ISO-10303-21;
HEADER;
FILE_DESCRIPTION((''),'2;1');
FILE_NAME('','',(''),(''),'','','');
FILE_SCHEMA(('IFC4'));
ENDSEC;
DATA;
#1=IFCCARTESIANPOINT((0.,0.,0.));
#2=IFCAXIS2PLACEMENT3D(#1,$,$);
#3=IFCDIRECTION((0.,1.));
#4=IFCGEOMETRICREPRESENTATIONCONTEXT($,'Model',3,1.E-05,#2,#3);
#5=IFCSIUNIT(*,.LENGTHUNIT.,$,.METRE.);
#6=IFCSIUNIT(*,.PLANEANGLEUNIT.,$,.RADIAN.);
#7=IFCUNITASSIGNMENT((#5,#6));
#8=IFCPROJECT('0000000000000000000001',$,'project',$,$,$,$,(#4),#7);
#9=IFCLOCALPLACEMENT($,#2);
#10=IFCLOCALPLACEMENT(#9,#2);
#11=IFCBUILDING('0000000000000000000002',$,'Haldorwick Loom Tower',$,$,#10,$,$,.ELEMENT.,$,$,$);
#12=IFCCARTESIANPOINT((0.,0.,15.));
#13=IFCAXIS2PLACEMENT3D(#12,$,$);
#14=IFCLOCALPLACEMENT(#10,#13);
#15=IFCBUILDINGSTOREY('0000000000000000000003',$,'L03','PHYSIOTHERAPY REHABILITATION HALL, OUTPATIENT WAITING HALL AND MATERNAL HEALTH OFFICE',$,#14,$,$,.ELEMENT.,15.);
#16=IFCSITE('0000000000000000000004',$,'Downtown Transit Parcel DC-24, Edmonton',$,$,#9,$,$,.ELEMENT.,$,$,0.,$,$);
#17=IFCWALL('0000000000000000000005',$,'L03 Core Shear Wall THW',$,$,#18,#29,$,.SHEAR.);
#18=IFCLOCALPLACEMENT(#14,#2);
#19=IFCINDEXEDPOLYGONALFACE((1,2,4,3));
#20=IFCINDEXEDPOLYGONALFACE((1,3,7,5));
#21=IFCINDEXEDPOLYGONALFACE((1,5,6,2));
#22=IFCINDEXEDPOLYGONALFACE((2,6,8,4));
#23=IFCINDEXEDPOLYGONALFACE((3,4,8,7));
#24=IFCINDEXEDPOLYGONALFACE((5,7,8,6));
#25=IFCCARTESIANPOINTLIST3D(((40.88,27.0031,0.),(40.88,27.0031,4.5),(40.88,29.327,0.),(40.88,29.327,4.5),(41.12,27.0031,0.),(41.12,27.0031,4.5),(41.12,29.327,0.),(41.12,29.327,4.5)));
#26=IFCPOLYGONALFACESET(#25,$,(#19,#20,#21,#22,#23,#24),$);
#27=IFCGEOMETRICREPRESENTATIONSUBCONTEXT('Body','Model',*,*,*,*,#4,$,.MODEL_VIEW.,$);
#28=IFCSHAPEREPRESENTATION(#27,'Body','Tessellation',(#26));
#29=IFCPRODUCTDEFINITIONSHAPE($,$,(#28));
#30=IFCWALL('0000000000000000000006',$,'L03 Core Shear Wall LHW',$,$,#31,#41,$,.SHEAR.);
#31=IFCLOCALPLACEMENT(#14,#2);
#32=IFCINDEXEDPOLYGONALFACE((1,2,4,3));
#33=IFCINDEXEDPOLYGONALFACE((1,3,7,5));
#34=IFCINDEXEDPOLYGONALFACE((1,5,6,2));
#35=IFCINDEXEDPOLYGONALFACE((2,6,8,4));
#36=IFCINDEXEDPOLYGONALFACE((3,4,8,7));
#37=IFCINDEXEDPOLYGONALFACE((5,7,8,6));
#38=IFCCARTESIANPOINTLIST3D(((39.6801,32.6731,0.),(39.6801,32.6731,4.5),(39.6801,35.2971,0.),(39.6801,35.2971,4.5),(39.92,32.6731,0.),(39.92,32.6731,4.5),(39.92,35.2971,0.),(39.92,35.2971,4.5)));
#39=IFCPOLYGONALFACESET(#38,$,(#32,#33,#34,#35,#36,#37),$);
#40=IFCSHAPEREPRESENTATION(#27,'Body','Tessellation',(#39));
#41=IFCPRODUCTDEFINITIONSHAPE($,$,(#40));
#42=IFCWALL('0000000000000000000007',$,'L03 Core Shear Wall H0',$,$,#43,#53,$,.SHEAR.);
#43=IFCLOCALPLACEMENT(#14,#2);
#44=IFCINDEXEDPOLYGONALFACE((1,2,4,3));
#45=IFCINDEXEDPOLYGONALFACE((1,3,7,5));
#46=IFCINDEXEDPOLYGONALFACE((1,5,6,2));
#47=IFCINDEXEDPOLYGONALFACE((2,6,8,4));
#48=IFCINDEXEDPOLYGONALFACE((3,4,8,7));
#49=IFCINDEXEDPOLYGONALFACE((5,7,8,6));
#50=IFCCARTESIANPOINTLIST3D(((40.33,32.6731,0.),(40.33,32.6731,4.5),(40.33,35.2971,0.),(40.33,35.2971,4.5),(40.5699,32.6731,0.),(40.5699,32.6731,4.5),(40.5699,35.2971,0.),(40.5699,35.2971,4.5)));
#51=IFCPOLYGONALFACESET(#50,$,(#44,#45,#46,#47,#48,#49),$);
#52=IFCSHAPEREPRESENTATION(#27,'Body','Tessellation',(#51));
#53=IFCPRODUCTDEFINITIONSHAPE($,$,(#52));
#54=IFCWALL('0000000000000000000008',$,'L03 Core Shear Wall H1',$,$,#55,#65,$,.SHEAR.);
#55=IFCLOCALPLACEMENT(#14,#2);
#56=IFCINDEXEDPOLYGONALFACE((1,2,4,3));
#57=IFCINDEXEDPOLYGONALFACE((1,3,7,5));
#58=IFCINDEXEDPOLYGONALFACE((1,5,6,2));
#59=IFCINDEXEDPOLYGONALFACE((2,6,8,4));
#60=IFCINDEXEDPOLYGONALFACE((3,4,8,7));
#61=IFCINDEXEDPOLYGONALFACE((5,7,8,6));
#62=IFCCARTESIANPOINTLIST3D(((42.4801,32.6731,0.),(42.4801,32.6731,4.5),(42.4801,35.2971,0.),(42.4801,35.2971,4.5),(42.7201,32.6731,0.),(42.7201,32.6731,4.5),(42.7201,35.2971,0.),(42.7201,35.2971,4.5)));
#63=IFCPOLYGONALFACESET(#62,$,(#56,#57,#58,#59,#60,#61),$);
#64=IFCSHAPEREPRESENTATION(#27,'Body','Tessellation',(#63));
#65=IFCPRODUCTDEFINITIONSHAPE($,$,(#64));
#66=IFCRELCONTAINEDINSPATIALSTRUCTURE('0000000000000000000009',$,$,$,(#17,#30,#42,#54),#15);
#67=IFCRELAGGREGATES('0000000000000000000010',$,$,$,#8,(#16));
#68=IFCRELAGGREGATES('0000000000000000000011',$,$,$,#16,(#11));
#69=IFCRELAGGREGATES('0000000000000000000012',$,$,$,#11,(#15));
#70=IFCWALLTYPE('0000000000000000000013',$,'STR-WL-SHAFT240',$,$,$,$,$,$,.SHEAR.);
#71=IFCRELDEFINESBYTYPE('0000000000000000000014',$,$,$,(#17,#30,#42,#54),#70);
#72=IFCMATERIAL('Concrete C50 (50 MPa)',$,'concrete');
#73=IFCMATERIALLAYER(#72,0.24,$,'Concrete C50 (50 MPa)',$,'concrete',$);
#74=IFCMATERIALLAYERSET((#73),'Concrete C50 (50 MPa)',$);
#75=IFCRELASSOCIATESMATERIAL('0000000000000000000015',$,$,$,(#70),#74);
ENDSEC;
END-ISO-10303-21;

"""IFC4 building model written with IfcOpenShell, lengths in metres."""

from ifc_helpers import new_model, si_unit, direction, frame, frame_2d, origin, place, context, subcontext, project, spatial, rectangle, extrude, material, layer, layer_set, type_object, element, save


model = new_model("IFC4")

# Units and contexts
model_context = context("Model", 3, precision=1e-05, world=origin(), true_north=direction((0.0, 1.0)))
body_context = subcontext(model_context, "Body", "Model", "MODEL_VIEW")
ifc_project = project(units=[si_unit("LENGTHUNIT", "METRE"), si_unit("PLANEANGLEUNIT", "RADIAN")], contexts=[model_context])

# Site, building, storey
site_placement = place(None, origin())
site = spatial("IfcSite", under=ifc_project, at=site_placement, Name="Downtown Transit Parcel DC-24, Edmonton", CompositionType="ELEMENT", RefElevation=0.0)
building_placement = place(site_placement, origin())
building = spatial("IfcBuilding", under=site, at=building_placement, Name="Haldorwick Loom Tower", CompositionType="ELEMENT")
storey_placement = place(building_placement, frame((0.0, 0.0, 15.0)))
storey = spatial("IfcBuildingStorey", under=building, at=storey_placement, Name="L03", Description="PHYSIOTHERAPY REHABILITATION HALL, OUTPATIENT WAITING HALL AND MATERNAL HEALTH OFFICE", CompositionType="ELEMENT", Elevation=15.0)

# Walls
ifc_material_1 = material(Name="Concrete C50 (50 MPa)", Category="concrete")
ifc_layer_1 = layer(ifc_material_1, 0.24, Name="Concrete C50 (50 MPa)", Category="concrete")
ifc_layer_set_1 = layer_set([ifc_layer_1], Name="Concrete C50 (50 MPa)")
wall_type_1 = type_object("IfcWallType", Name="STR-WL-SHAFT240", PredefinedType="SHEAR", material=ifc_layer_set_1)
wall_1_placement = place(storey_placement, frame((41.0, 27.0029, 0.0), z_axis=(0.0, 0.0, 1.0), x_axis=(0.0, 1.0, 0.0)))
element("IfcWall", 1, at=wall_1_placement, inside=storey, type_object=wall_type_1, Name="L03 Core Shear Wall THW", PredefinedType="SHEAR", context=body_context, shape_type="SweptSolid", body=[
    extrude(rectangle(XDim=2.324, YDim=0.24, at=frame_2d((1.1621, 0.0))), origin(), (0.0, 0.0, 1.0), 4.5),
])
for number, where, z_axis, x_axis, name in (
    (2, (39.8, 32.6731, 0.0), (0.0, 0.0, 1.0), (0.0, 1.0, 0.0), "L03 Core Shear Wall LHW"),
    (3, (40.45, 32.6731, 0.0), (0.0, 0.0, 1.0), (0.0, 1.0, 0.0), "L03 Core Shear Wall H0"),
    (4, (42.6001, 32.6731, 0.0), (0.0, 0.0, 1.0), (0.0, 1.0, 0.0), "L03 Core Shear Wall H1"),
):
    element("IfcWall", number, at=place(storey_placement, frame(where, z_axis=z_axis, x_axis=x_axis)), inside=storey, type_object=wall_type_1, Name=name, PredefinedType="SHEAR", context=body_context, shape_type="SweptSolid", body=[
        extrude(rectangle(XDim=2.624, YDim=0.24, at=frame_2d((1.312, 0.0))), origin(), (0.0, 0.0, 1.0), 4.5),
    ])

save(model, "model.ifc")
